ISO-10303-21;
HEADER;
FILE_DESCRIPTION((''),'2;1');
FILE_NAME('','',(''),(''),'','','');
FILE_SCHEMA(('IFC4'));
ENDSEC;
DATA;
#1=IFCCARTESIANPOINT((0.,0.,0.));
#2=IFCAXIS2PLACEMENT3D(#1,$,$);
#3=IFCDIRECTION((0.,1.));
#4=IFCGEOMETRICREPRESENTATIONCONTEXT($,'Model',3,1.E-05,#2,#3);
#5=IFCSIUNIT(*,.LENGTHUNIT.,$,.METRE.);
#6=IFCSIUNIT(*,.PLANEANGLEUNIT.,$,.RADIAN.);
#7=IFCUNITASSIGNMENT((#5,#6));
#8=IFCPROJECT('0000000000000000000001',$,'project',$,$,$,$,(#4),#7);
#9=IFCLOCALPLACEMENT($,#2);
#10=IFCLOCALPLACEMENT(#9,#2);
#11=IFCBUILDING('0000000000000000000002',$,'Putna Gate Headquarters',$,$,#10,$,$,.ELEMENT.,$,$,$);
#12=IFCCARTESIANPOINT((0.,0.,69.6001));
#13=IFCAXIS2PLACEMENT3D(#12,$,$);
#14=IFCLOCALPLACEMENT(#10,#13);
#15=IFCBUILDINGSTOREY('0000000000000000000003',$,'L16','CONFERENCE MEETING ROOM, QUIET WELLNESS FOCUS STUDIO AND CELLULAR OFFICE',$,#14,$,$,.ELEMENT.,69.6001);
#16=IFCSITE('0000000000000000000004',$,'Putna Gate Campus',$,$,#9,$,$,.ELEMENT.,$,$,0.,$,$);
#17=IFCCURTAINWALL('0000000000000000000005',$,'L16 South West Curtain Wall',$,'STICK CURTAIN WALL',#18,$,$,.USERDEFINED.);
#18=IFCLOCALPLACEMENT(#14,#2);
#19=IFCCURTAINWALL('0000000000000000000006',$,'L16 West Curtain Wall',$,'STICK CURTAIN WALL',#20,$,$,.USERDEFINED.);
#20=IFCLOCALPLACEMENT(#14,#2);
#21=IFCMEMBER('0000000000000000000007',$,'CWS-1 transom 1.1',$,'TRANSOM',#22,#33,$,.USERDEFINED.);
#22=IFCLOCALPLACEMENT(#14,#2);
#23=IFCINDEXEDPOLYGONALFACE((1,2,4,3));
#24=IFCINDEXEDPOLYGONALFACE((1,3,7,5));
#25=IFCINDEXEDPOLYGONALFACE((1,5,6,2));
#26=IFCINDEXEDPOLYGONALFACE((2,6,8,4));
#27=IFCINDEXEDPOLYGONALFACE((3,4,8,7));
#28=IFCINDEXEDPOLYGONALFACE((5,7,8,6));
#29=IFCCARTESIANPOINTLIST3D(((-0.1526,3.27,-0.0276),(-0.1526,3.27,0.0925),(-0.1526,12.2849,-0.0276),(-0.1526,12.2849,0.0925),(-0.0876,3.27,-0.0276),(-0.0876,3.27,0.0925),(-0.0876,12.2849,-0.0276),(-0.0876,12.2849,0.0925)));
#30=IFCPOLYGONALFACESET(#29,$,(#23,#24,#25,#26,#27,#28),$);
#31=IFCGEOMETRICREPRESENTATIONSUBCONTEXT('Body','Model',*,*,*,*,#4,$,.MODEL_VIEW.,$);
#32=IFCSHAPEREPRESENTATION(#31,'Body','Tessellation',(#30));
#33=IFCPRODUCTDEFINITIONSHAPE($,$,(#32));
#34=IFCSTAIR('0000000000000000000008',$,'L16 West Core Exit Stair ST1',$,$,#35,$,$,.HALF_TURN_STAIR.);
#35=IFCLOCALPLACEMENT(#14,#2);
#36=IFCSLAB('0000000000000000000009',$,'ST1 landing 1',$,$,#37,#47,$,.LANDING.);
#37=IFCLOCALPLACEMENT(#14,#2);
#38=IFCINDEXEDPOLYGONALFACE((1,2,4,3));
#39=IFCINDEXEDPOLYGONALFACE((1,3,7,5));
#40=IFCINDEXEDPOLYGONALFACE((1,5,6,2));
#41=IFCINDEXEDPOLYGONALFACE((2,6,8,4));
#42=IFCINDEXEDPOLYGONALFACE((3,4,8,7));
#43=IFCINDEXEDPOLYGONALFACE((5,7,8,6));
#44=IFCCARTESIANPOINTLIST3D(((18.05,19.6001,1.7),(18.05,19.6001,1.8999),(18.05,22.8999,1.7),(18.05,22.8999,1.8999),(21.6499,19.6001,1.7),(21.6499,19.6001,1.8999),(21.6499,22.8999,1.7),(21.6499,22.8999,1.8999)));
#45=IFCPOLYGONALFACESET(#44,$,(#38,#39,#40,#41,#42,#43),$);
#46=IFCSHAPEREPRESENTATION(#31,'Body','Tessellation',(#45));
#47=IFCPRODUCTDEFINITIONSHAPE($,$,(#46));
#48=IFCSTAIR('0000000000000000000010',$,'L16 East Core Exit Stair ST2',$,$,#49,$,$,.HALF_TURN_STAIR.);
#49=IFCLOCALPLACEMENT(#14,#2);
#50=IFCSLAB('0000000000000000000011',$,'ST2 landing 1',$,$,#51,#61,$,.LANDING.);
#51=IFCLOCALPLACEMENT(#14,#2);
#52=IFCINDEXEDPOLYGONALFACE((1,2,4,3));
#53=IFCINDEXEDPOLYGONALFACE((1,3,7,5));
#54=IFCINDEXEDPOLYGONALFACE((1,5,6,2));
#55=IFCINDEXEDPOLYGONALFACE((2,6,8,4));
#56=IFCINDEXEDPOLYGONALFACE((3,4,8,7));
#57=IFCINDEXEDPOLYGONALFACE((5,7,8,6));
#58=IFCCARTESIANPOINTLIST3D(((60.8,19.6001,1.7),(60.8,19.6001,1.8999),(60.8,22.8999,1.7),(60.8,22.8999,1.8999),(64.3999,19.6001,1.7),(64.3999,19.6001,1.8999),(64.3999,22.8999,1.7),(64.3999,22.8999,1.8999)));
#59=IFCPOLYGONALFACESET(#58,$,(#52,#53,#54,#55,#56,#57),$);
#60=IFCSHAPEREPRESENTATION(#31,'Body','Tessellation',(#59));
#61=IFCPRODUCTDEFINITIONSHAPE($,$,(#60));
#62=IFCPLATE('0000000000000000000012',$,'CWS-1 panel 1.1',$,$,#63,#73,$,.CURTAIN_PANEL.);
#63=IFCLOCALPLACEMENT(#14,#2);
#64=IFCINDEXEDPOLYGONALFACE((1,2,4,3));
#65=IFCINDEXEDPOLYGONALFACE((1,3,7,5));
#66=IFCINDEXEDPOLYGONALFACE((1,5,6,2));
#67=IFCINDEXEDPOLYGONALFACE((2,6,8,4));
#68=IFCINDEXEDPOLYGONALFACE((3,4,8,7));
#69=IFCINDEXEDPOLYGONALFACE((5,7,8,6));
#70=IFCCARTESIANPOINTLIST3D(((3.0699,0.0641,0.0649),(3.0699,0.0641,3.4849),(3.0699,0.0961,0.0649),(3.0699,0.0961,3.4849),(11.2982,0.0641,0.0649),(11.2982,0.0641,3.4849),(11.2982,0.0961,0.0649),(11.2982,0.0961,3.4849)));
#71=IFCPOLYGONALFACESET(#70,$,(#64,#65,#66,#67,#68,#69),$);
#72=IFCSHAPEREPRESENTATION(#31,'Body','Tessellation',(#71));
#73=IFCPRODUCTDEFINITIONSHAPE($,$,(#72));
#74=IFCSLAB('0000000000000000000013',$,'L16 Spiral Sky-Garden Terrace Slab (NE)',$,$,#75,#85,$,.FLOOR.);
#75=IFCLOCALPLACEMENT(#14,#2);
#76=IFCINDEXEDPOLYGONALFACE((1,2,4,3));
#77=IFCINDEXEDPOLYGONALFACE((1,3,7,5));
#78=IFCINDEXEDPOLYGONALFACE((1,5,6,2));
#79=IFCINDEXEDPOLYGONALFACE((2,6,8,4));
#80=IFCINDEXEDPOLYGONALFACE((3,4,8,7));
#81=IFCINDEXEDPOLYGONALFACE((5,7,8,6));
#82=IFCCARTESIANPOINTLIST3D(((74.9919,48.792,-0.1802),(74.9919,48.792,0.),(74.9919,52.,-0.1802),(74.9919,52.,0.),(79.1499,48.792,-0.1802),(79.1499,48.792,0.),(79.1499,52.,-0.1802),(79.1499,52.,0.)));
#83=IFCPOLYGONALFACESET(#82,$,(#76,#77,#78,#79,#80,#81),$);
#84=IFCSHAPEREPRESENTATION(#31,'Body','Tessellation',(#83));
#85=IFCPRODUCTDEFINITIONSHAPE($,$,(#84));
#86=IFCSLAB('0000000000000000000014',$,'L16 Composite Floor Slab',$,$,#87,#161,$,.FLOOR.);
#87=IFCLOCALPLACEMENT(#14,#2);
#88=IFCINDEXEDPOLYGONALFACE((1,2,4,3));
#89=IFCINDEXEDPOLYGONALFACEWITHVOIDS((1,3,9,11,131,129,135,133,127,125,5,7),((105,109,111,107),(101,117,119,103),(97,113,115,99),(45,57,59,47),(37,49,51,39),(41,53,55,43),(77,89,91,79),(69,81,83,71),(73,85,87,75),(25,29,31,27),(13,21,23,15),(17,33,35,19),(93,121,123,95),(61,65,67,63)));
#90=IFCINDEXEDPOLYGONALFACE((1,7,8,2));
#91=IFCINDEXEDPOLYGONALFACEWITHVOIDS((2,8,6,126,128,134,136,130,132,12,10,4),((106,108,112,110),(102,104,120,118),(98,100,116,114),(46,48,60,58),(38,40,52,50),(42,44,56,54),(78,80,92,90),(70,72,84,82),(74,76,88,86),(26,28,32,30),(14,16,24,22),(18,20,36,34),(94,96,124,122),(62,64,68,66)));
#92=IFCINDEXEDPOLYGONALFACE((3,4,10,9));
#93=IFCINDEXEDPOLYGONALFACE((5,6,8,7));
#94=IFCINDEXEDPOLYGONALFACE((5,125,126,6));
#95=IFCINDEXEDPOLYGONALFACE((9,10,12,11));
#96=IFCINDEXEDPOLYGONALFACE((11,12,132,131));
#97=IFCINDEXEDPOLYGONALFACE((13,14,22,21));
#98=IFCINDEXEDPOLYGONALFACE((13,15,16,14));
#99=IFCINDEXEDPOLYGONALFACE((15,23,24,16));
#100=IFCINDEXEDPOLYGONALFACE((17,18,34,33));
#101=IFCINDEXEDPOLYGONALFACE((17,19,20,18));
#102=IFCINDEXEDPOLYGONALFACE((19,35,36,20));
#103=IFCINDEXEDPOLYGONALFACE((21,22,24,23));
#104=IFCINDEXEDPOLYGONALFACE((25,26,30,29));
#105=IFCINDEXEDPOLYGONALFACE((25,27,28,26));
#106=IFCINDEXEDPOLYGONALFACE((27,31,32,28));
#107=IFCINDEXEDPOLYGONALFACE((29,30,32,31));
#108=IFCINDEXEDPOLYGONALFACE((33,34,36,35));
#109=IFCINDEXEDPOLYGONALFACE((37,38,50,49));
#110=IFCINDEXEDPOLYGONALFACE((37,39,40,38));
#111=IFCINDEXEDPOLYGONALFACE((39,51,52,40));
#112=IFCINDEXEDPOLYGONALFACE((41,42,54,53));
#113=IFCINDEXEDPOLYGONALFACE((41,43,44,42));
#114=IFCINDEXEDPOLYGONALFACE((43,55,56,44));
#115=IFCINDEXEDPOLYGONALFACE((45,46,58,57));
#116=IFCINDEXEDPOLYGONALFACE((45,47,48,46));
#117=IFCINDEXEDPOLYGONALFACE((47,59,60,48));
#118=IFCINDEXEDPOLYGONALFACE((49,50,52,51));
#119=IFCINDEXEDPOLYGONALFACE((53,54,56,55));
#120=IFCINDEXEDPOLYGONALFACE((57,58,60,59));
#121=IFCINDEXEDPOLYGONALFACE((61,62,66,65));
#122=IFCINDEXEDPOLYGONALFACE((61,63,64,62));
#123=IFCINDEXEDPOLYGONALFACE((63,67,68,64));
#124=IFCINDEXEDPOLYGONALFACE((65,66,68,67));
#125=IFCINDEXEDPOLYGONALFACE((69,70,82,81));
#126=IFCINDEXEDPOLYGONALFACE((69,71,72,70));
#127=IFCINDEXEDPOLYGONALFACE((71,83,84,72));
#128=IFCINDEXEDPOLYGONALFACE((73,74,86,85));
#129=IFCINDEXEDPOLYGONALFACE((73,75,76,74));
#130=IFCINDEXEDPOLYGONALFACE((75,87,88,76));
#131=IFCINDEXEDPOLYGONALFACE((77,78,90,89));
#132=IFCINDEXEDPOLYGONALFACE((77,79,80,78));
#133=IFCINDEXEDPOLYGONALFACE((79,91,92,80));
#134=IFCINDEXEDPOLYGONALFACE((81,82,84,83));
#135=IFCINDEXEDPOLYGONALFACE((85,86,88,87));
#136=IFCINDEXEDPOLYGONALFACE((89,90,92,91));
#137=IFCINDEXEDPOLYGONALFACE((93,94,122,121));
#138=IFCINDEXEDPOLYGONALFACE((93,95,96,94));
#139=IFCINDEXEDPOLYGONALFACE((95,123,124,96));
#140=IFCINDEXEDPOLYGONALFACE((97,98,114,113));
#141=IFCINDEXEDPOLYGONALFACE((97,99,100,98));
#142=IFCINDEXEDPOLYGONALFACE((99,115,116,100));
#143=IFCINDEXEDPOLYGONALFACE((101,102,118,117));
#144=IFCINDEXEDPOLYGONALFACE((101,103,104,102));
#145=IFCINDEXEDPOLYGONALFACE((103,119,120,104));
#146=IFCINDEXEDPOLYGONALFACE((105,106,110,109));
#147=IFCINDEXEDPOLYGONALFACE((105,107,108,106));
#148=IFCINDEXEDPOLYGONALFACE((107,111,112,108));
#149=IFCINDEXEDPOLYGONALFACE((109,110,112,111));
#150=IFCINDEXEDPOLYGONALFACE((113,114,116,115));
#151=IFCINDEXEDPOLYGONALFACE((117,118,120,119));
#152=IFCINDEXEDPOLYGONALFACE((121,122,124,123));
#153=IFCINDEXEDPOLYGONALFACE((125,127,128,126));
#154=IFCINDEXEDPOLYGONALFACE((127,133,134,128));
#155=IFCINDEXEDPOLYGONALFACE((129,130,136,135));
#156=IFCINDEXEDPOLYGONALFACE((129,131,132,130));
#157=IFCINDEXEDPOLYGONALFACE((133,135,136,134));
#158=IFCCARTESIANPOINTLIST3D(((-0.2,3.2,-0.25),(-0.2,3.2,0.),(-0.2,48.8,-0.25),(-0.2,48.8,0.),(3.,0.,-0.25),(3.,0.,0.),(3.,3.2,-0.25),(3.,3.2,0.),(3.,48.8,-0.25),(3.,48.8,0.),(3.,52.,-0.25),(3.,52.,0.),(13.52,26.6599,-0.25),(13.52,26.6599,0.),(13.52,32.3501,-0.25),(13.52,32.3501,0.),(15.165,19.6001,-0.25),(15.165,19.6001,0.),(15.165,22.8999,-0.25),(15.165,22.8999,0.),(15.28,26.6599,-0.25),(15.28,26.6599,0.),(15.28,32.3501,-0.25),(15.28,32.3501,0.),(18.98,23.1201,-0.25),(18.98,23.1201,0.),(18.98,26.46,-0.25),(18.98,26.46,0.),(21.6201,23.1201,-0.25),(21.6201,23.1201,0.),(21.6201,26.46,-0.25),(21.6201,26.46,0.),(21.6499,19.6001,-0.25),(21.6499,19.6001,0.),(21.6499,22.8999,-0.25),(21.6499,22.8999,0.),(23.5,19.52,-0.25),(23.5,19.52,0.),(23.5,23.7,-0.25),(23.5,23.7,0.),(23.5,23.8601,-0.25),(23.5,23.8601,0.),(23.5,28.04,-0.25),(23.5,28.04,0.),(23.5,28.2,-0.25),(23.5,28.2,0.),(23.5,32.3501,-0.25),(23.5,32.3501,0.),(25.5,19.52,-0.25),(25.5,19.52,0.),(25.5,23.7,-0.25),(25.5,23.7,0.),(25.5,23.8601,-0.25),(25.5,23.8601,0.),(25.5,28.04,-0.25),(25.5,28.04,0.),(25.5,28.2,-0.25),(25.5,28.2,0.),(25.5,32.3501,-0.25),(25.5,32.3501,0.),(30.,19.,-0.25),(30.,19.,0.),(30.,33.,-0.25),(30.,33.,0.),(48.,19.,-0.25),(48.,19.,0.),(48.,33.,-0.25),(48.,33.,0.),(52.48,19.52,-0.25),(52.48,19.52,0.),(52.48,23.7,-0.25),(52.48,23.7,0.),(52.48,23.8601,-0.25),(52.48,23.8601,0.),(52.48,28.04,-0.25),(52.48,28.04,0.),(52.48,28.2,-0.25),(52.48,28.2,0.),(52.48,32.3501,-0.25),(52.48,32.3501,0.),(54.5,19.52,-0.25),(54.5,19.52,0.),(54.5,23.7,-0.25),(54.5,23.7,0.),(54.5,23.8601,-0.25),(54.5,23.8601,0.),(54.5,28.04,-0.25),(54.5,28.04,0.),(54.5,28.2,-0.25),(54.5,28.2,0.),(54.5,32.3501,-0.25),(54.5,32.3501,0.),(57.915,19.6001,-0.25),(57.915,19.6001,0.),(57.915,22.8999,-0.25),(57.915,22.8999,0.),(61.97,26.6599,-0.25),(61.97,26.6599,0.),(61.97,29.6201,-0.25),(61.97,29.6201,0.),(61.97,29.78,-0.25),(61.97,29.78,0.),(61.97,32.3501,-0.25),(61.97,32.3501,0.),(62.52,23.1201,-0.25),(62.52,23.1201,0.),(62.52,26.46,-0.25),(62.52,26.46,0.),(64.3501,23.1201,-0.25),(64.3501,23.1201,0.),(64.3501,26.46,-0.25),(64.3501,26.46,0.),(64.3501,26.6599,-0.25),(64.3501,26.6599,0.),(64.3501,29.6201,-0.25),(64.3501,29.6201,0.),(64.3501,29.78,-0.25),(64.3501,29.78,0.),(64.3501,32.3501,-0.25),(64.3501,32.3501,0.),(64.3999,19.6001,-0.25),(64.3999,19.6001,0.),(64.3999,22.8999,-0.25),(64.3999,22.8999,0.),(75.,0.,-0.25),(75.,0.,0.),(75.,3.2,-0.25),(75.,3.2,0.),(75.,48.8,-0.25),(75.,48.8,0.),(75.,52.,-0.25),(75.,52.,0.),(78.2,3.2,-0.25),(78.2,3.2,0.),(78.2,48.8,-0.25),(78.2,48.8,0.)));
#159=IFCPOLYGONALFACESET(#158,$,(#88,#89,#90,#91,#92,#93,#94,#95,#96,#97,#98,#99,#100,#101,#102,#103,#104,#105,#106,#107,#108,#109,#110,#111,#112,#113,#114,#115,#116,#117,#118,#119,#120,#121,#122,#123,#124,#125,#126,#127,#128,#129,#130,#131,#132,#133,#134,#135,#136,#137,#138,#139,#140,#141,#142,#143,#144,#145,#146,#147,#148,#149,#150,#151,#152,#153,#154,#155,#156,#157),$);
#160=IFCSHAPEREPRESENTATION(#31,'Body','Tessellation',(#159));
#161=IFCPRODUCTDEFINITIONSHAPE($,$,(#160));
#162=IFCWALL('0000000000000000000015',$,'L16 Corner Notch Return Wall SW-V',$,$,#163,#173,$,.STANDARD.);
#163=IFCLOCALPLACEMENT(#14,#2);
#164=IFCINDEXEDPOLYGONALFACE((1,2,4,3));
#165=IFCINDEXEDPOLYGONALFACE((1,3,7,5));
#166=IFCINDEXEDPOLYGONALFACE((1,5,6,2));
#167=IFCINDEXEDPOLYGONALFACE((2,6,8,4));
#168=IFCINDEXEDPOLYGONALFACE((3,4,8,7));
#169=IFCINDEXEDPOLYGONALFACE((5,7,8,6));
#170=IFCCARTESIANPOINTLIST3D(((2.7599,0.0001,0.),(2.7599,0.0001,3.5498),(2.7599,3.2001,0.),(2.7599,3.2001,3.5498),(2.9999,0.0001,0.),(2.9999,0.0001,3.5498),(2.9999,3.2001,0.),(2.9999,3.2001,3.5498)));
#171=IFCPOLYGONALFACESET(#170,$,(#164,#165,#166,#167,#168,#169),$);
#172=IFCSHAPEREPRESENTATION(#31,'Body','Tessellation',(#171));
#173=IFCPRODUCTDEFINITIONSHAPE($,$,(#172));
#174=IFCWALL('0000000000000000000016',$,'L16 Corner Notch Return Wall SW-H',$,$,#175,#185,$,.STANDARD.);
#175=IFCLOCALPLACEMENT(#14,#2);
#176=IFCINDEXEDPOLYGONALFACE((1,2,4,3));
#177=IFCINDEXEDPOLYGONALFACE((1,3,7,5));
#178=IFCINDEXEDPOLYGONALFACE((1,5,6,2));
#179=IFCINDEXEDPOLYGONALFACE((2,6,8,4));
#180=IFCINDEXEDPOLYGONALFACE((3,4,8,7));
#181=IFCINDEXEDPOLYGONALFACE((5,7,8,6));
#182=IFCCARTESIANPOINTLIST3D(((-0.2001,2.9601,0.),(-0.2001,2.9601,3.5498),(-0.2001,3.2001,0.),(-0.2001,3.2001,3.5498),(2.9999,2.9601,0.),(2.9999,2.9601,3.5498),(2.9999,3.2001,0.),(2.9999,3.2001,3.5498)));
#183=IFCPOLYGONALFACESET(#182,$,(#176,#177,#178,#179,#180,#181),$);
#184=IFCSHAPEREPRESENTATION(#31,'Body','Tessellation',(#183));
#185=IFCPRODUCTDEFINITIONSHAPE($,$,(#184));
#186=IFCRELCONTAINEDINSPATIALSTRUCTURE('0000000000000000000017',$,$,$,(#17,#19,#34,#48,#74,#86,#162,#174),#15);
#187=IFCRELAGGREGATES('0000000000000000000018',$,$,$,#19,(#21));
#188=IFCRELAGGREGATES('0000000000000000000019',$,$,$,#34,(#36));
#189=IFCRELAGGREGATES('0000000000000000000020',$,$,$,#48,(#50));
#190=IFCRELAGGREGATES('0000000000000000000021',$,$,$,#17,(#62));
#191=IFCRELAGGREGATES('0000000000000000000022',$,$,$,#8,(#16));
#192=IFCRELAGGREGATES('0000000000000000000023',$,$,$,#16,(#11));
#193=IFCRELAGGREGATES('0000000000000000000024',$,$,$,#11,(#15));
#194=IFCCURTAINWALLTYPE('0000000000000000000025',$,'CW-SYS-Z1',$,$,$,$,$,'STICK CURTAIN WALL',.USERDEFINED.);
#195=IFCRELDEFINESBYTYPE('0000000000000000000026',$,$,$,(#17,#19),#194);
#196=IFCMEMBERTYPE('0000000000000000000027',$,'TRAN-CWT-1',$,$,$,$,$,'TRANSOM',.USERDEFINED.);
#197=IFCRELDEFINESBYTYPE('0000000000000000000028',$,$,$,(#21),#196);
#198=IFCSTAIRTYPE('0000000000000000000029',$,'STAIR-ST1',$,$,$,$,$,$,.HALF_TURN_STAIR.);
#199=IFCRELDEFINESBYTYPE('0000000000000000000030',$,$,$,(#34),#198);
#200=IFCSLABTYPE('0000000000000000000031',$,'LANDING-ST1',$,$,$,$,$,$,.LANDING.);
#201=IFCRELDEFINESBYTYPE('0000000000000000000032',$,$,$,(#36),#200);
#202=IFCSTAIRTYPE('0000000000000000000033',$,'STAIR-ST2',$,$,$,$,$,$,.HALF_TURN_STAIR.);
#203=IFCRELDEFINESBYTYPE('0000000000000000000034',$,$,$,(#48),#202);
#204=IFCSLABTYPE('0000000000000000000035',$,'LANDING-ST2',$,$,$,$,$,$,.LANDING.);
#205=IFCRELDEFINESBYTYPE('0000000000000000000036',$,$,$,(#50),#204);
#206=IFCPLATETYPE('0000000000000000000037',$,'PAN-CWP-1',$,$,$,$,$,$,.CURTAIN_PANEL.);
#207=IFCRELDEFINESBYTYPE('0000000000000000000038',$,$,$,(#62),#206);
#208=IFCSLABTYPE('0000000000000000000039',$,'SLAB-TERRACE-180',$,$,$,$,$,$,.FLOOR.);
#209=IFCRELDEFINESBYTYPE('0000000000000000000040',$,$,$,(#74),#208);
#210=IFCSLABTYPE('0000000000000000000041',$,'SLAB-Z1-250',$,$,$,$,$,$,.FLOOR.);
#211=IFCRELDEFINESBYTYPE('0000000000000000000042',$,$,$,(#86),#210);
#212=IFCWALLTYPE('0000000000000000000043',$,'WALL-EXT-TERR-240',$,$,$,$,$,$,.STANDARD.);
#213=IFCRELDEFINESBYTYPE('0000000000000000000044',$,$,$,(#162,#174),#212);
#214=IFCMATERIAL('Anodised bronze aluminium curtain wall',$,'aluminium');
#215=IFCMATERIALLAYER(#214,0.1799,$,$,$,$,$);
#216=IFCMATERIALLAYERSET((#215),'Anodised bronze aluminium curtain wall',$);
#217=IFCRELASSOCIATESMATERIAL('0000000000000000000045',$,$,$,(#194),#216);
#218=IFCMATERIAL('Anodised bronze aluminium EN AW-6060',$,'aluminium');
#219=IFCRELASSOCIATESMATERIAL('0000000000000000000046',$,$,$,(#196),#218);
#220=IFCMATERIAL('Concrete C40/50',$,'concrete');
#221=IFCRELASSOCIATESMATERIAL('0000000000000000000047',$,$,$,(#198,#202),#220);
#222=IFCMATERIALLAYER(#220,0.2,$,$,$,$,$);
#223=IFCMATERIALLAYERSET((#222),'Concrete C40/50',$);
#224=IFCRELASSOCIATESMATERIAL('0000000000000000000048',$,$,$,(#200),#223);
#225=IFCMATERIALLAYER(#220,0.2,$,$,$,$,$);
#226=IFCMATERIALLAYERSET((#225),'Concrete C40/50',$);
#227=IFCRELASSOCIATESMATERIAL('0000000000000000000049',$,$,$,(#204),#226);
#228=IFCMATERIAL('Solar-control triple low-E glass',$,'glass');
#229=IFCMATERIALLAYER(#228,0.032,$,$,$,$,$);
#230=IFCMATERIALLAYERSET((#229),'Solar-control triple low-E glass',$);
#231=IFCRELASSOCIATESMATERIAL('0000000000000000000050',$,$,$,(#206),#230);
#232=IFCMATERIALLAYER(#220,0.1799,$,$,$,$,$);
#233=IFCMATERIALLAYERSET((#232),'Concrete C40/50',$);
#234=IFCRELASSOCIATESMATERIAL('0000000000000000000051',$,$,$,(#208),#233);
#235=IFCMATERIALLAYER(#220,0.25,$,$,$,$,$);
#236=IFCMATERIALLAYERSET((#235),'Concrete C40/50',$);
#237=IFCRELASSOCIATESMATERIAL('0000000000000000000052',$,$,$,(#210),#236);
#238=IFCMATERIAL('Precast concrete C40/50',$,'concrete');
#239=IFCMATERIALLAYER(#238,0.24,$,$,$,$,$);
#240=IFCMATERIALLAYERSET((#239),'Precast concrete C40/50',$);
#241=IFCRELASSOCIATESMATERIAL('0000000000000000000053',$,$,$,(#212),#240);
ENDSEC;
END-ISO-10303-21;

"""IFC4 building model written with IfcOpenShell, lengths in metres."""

from ifc_helpers import new_model, si_unit, direction, frame, frame_2d, origin, origin_2d, place, context, subcontext, project, spatial, polyline, rectangle, outline, extrude, material, layer, layer_set, material_profile, profile_set, type_object, element, aggregate, save


model = new_model("IFC4")

# Units and contexts
model_context = context("Model", 3, precision=1e-05, world=origin(), true_north=direction((0.0, 1.0)))
body_context = subcontext(model_context, "Body", "Model", "MODEL_VIEW")
ifc_project = project(units=[si_unit("LENGTHUNIT", "METRE"), si_unit("PLANEANGLEUNIT", "RADIAN")], contexts=[model_context])

# Site, building, storey
site_placement = place(None, origin())
site = spatial("IfcSite", under=ifc_project, at=site_placement, Name="Putna Gate Campus", CompositionType="ELEMENT", RefElevation=0.0)
building_placement = place(site_placement, origin())
building = spatial("IfcBuilding", under=site, at=building_placement, Name="Putna Gate Headquarters", CompositionType="ELEMENT")
storey_placement = place(building_placement, frame((0.0, 0.0, 69.6001)))
storey = spatial("IfcBuildingStorey", under=building, at=storey_placement, Name="L16", Description="CONFERENCE MEETING ROOM, QUIET WELLNESS FOCUS STUDIO AND CELLULAR OFFICE", CompositionType="ELEMENT", Elevation=69.6001)

# Curtain wall
ifc_material_1 = material(Name="Anodised bronze aluminium curtain wall", Category="aluminium")
ifc_layer_1 = layer(ifc_material_1, 0.1799)
ifc_layer_set_1 = layer_set([ifc_layer_1], Name="Anodised bronze aluminium curtain wall")
curtain_wall_type = type_object("IfcCurtainWallType", Name="CW-SYS-Z1", ElementType="STICK CURTAIN WALL", PredefinedType="USERDEFINED", material=ifc_layer_set_1)
curtain_wall_1_placement = place(storey_placement, origin())
curtain_wall_1 = element("IfcCurtainWall", 1, at=curtain_wall_1_placement, inside=storey, type_object=curtain_wall_type, Name="L16 South West Curtain Wall", ObjectType="STICK CURTAIN WALL", PredefinedType="USERDEFINED")
ifc_material_2 = material(Name="Anodised bronze aluminium EN AW-6060", Category="aluminium")

# Curtain wall
curtain_wall_2_placement = place(storey_placement, origin())
curtain_wall_2 = element("IfcCurtainWall", 2, at=curtain_wall_2_placement, inside=storey, type_object=curtain_wall_type, Name="L16 West Curtain Wall", ObjectType="STICK CURTAIN WALL", PredefinedType="USERDEFINED")

# Member
ifc_material_profile_1 = material_profile(ifc_material_2, rectangle(XDim=0.0649, YDim=0.1201, at=origin_2d()), Name="Anodised bronze aluminium EN AW-6060")
ifc_profile_set_1 = profile_set([ifc_material_profile_1], Name="Anodised bronze aluminium EN AW-6060")
member_type_1 = type_object("IfcMemberType", Name="TRAN-CWT-1", ElementType="TRANSOM", PredefinedType="USERDEFINED", material=ifc_profile_set_1)
member_1_placement = place(storey_placement, frame((-0.1201, 3.27, 0.0325), z_axis=(0.0, 1.0, 0.0), x_axis=(-1.0, 0.0, 0.0)))
member_1 = element("IfcMember", 3, at=member_1_placement, type_object=member_type_1, Name="CWS-1 transom 1.1", ObjectType="TRANSOM", PredefinedType="USERDEFINED", context=body_context, shape_type="SweptSolid", body=[
    extrude(rectangle(XDim=0.0649, YDim=0.1201, at=origin_2d()), origin(), (0.0, 0.0, 1.0), 9.0149),
])
aggregate(curtain_wall_2, [member_1])

# Stairs, slabs
ifc_material_3 = material(Name="Concrete C40/50", Category="concrete")
stair_type_1 = type_object("IfcStairType", Name="STAIR-ST1", PredefinedType="HALF_TURN_STAIR", material=ifc_material_3)
stair_1_placement = place(storey_placement, origin())
stair_1 = element("IfcStair", 4, at=stair_1_placement, inside=storey, type_object=stair_type_1, Name="L16 West Core Exit Stair ST1", PredefinedType="HALF_TURN_STAIR")
ifc_layer_2 = layer(ifc_material_3, 0.2)
ifc_layer_set_2 = layer_set([ifc_layer_2], Name="Concrete C40/50")
slab_type_1 = type_object("IfcSlabType", Name="LANDING-ST1", PredefinedType="LANDING", material=ifc_layer_set_2)
slab_1_placement = place(storey_placement, frame((0.0, 0.0, 1.7)))
slab_1 = element("IfcSlab", 5, at=slab_1_placement, type_object=slab_type_1, Name="ST1 landing 1", PredefinedType="LANDING", context=body_context, shape_type="SweptSolid", body=[
    extrude(outline(polyline([(18.05, 19.6001), (21.6499, 19.6001), (21.6499, 22.8999), (18.05, 22.8999), (18.05, 19.6001)])), origin(), (0.0, 0.0, 1.0), 0.2),
])
aggregate(stair_1, [slab_1])
stair_type_2 = type_object("IfcStairType", Name="STAIR-ST2", PredefinedType="HALF_TURN_STAIR", material=ifc_material_3)
stair_2_placement = place(storey_placement, origin())
stair_2 = element("IfcStair", 6, at=stair_2_placement, inside=storey, type_object=stair_type_2, Name="L16 East Core Exit Stair ST2", PredefinedType="HALF_TURN_STAIR")
ifc_layer_3 = layer(ifc_material_3, 0.2)
ifc_layer_set_3 = layer_set([ifc_layer_3], Name="Concrete C40/50")
slab_type_2 = type_object("IfcSlabType", Name="LANDING-ST2", PredefinedType="LANDING", material=ifc_layer_set_3)
slab_2_placement = place(storey_placement, frame((0.0, 0.0, 1.7)))
slab_2 = element("IfcSlab", 7, at=slab_2_placement, type_object=slab_type_2, Name="ST2 landing 1", PredefinedType="LANDING", context=body_context, shape_type="SweptSolid", body=[
    extrude(outline(polyline([(60.8, 19.6001), (64.3999, 19.6001), (64.3999, 22.8999), (60.8, 22.8999), (60.8, 19.6001)])), origin(), (0.0, 0.0, 1.0), 0.2),
])
aggregate(stair_2, [slab_2])

# Plate
ifc_material_4 = material(Name="Solar-control triple low-E glass", Category="glass")
ifc_layer_4 = layer(ifc_material_4, 0.032)
ifc_layer_set_4 = layer_set([ifc_layer_4], Name="Solar-control triple low-E glass")
plate_type = type_object("IfcPlateType", Name="PAN-CWP-1", PredefinedType="CURTAIN_PANEL", material=ifc_layer_set_4)
plate_placement = place(storey_placement, frame((7.1841, 0.0801, 0.0649), z_axis=(0.0, 0.0, 1.0), x_axis=(1.0, 0.0, 0.0)))
plate = element("IfcPlate", 8, at=plate_placement, type_object=plate_type, Name="CWS-1 panel 1.1", PredefinedType="CURTAIN_PANEL", context=body_context, shape_type="SweptSolid", body=[
    extrude(rectangle(XDim=8.2283, YDim=0.032, at=origin_2d()), origin(), (0.0, 0.0, 1.0), 3.4199),
])
aggregate(curtain_wall_1, [plate])

# Slabs
ifc_layer_5 = layer(ifc_material_3, 0.1799)
ifc_layer_set_5 = layer_set([ifc_layer_5], Name="Concrete C40/50")
slab_type_3 = type_object("IfcSlabType", Name="SLAB-TERRACE-180", PredefinedType="FLOOR", material=ifc_layer_set_5)
slab_3_placement = place(storey_placement, frame((0.0, 0.0, -0.1802)))
element("IfcSlab", 9, at=slab_3_placement, inside=storey, type_object=slab_type_3, Name="L16 Spiral Sky-Garden Terrace Slab (NE)", PredefinedType="FLOOR", context=body_context, shape_type="SweptSolid", body=[
    extrude(outline(polyline([(74.9919, 48.792), (79.1499, 48.792), (79.1499, 52.0), (74.9919, 52.0), (74.9919, 48.792)])), origin(), (0.0, 0.0, 1.0), 0.1802),
])
ifc_layer_6 = layer(ifc_material_3, 0.25)
ifc_layer_set_6 = layer_set([ifc_layer_6], Name="Concrete C40/50")
slab_type_4 = type_object("IfcSlabType", Name="SLAB-Z1-250", PredefinedType="FLOOR", material=ifc_layer_set_6)
slab_4_placement = place(storey_placement, frame((0.0, 0.0, -0.25)))
element("IfcSlab", 10, at=slab_4_placement, inside=storey, type_object=slab_type_4, Name="L16 Composite Floor Slab", PredefinedType="FLOOR", context=body_context, shape_type="SweptSolid", body=[
    extrude(outline(polyline([(3.0, 0.0), (75.0, 0.0), (75.0, 3.2), (78.2, 3.2), (78.2, 48.8), (75.0, 48.8), (75.0, 52.0), (3.0, 52.0), (3.0, 48.8), (-0.2, 48.8), (-0.2, 3.2), (3.0, 3.2), (3.0, 0.0)]), holes=[polyline([(15.165, 19.6001), (21.6499, 19.6001), (21.6499, 22.8999), (15.165, 22.8999), (15.165, 19.6001)]), polyline([(57.915, 19.6001), (64.3999, 19.6001), (64.3999, 22.8999), (57.915, 22.8999), (57.915, 19.6001)]), polyline([(13.52, 26.6599), (15.28, 26.6599), (15.28, 32.3501), (13.52, 32.3501), (13.52, 26.6599)]), polyline([(61.97, 29.78), (64.3501, 29.78), (64.3501, 32.3501), (61.97, 32.3501), (61.97, 29.78)]), polyline([(18.98, 23.1201), (21.6201, 23.1201), (21.6201, 26.46), (18.98, 26.46), (18.98, 23.1201)]), polyline([(62.52, 23.1201), (64.3501, 23.1201), (64.3501, 26.46), (62.52, 26.46), (62.52, 23.1201)]), polyline([(61.97, 26.6599), (64.3501, 26.6599), (64.3501, 29.6201), (61.97, 29.6201), (61.97, 26.6599)]), polyline([(23.5, 19.52), (25.5, 19.52), (25.5, 23.7), (23.5, 23.7), (23.5, 19.52)]), polyline([(52.48, 19.52), (54.5, 19.52), (54.5, 23.7), (52.48, 23.7), (52.48, 19.52)]), polyline([(23.5, 23.8601), (25.5, 23.8601), (25.5, 28.04), (23.5, 28.04), (23.5, 23.8601)]), polyline([(52.48, 23.8601), (54.5, 23.8601), (54.5, 28.04), (52.48, 28.04), (52.48, 23.8601)]), polyline([(23.5, 28.2), (25.5, 28.2), (25.5, 32.3501), (23.5, 32.3501), (23.5, 28.2)]), polyline([(52.48, 28.2), (54.5, 28.2), (54.5, 32.3501), (52.48, 32.3501), (52.48, 28.2)]), polyline([(30.0, 19.0), (48.0, 19.0), (48.0, 33.0), (30.0, 33.0), (30.0, 19.0)])]), origin(), (0.0, 0.0, 1.0), 0.25),
])

# Walls
ifc_material_5 = material(Name="Precast concrete C40/50", Category="concrete")
ifc_layer_7 = layer(ifc_material_5, 0.24)
ifc_layer_set_7 = layer_set([ifc_layer_7], Name="Precast concrete C40/50")
wall_type_1 = type_object("IfcWallType", Name="WALL-EXT-TERR-240", PredefinedType="STANDARD", material=ifc_layer_set_7)
for number, where, z_axis, x_axis, name in (
    (11, (2.8799, 0.0, 0.0), (0.0, 0.0, 1.0), (0.0, 1.0, 0.0), "L16 Corner Notch Return Wall SW-V"),
    (12, (3.0, 3.0801, 0.0), (0.0, 0.0, 1.0), (-1.0, 0.0, 0.0), "L16 Corner Notch Return Wall SW-H"),
):
    element("IfcWall", number, at=place(storey_placement, frame(where, z_axis=z_axis, x_axis=x_axis)), inside=storey, type_object=wall_type_1, Name=name, PredefinedType="STANDARD", context=body_context, shape_type="SweptSolid", body=[
        extrude(rectangle(XDim=3.2, YDim=0.24, at=frame_2d((1.6001, 0.0))), origin(), (0.0, 0.0, 1.0), 3.5498),
    ])

save(model, "model.ifc")
